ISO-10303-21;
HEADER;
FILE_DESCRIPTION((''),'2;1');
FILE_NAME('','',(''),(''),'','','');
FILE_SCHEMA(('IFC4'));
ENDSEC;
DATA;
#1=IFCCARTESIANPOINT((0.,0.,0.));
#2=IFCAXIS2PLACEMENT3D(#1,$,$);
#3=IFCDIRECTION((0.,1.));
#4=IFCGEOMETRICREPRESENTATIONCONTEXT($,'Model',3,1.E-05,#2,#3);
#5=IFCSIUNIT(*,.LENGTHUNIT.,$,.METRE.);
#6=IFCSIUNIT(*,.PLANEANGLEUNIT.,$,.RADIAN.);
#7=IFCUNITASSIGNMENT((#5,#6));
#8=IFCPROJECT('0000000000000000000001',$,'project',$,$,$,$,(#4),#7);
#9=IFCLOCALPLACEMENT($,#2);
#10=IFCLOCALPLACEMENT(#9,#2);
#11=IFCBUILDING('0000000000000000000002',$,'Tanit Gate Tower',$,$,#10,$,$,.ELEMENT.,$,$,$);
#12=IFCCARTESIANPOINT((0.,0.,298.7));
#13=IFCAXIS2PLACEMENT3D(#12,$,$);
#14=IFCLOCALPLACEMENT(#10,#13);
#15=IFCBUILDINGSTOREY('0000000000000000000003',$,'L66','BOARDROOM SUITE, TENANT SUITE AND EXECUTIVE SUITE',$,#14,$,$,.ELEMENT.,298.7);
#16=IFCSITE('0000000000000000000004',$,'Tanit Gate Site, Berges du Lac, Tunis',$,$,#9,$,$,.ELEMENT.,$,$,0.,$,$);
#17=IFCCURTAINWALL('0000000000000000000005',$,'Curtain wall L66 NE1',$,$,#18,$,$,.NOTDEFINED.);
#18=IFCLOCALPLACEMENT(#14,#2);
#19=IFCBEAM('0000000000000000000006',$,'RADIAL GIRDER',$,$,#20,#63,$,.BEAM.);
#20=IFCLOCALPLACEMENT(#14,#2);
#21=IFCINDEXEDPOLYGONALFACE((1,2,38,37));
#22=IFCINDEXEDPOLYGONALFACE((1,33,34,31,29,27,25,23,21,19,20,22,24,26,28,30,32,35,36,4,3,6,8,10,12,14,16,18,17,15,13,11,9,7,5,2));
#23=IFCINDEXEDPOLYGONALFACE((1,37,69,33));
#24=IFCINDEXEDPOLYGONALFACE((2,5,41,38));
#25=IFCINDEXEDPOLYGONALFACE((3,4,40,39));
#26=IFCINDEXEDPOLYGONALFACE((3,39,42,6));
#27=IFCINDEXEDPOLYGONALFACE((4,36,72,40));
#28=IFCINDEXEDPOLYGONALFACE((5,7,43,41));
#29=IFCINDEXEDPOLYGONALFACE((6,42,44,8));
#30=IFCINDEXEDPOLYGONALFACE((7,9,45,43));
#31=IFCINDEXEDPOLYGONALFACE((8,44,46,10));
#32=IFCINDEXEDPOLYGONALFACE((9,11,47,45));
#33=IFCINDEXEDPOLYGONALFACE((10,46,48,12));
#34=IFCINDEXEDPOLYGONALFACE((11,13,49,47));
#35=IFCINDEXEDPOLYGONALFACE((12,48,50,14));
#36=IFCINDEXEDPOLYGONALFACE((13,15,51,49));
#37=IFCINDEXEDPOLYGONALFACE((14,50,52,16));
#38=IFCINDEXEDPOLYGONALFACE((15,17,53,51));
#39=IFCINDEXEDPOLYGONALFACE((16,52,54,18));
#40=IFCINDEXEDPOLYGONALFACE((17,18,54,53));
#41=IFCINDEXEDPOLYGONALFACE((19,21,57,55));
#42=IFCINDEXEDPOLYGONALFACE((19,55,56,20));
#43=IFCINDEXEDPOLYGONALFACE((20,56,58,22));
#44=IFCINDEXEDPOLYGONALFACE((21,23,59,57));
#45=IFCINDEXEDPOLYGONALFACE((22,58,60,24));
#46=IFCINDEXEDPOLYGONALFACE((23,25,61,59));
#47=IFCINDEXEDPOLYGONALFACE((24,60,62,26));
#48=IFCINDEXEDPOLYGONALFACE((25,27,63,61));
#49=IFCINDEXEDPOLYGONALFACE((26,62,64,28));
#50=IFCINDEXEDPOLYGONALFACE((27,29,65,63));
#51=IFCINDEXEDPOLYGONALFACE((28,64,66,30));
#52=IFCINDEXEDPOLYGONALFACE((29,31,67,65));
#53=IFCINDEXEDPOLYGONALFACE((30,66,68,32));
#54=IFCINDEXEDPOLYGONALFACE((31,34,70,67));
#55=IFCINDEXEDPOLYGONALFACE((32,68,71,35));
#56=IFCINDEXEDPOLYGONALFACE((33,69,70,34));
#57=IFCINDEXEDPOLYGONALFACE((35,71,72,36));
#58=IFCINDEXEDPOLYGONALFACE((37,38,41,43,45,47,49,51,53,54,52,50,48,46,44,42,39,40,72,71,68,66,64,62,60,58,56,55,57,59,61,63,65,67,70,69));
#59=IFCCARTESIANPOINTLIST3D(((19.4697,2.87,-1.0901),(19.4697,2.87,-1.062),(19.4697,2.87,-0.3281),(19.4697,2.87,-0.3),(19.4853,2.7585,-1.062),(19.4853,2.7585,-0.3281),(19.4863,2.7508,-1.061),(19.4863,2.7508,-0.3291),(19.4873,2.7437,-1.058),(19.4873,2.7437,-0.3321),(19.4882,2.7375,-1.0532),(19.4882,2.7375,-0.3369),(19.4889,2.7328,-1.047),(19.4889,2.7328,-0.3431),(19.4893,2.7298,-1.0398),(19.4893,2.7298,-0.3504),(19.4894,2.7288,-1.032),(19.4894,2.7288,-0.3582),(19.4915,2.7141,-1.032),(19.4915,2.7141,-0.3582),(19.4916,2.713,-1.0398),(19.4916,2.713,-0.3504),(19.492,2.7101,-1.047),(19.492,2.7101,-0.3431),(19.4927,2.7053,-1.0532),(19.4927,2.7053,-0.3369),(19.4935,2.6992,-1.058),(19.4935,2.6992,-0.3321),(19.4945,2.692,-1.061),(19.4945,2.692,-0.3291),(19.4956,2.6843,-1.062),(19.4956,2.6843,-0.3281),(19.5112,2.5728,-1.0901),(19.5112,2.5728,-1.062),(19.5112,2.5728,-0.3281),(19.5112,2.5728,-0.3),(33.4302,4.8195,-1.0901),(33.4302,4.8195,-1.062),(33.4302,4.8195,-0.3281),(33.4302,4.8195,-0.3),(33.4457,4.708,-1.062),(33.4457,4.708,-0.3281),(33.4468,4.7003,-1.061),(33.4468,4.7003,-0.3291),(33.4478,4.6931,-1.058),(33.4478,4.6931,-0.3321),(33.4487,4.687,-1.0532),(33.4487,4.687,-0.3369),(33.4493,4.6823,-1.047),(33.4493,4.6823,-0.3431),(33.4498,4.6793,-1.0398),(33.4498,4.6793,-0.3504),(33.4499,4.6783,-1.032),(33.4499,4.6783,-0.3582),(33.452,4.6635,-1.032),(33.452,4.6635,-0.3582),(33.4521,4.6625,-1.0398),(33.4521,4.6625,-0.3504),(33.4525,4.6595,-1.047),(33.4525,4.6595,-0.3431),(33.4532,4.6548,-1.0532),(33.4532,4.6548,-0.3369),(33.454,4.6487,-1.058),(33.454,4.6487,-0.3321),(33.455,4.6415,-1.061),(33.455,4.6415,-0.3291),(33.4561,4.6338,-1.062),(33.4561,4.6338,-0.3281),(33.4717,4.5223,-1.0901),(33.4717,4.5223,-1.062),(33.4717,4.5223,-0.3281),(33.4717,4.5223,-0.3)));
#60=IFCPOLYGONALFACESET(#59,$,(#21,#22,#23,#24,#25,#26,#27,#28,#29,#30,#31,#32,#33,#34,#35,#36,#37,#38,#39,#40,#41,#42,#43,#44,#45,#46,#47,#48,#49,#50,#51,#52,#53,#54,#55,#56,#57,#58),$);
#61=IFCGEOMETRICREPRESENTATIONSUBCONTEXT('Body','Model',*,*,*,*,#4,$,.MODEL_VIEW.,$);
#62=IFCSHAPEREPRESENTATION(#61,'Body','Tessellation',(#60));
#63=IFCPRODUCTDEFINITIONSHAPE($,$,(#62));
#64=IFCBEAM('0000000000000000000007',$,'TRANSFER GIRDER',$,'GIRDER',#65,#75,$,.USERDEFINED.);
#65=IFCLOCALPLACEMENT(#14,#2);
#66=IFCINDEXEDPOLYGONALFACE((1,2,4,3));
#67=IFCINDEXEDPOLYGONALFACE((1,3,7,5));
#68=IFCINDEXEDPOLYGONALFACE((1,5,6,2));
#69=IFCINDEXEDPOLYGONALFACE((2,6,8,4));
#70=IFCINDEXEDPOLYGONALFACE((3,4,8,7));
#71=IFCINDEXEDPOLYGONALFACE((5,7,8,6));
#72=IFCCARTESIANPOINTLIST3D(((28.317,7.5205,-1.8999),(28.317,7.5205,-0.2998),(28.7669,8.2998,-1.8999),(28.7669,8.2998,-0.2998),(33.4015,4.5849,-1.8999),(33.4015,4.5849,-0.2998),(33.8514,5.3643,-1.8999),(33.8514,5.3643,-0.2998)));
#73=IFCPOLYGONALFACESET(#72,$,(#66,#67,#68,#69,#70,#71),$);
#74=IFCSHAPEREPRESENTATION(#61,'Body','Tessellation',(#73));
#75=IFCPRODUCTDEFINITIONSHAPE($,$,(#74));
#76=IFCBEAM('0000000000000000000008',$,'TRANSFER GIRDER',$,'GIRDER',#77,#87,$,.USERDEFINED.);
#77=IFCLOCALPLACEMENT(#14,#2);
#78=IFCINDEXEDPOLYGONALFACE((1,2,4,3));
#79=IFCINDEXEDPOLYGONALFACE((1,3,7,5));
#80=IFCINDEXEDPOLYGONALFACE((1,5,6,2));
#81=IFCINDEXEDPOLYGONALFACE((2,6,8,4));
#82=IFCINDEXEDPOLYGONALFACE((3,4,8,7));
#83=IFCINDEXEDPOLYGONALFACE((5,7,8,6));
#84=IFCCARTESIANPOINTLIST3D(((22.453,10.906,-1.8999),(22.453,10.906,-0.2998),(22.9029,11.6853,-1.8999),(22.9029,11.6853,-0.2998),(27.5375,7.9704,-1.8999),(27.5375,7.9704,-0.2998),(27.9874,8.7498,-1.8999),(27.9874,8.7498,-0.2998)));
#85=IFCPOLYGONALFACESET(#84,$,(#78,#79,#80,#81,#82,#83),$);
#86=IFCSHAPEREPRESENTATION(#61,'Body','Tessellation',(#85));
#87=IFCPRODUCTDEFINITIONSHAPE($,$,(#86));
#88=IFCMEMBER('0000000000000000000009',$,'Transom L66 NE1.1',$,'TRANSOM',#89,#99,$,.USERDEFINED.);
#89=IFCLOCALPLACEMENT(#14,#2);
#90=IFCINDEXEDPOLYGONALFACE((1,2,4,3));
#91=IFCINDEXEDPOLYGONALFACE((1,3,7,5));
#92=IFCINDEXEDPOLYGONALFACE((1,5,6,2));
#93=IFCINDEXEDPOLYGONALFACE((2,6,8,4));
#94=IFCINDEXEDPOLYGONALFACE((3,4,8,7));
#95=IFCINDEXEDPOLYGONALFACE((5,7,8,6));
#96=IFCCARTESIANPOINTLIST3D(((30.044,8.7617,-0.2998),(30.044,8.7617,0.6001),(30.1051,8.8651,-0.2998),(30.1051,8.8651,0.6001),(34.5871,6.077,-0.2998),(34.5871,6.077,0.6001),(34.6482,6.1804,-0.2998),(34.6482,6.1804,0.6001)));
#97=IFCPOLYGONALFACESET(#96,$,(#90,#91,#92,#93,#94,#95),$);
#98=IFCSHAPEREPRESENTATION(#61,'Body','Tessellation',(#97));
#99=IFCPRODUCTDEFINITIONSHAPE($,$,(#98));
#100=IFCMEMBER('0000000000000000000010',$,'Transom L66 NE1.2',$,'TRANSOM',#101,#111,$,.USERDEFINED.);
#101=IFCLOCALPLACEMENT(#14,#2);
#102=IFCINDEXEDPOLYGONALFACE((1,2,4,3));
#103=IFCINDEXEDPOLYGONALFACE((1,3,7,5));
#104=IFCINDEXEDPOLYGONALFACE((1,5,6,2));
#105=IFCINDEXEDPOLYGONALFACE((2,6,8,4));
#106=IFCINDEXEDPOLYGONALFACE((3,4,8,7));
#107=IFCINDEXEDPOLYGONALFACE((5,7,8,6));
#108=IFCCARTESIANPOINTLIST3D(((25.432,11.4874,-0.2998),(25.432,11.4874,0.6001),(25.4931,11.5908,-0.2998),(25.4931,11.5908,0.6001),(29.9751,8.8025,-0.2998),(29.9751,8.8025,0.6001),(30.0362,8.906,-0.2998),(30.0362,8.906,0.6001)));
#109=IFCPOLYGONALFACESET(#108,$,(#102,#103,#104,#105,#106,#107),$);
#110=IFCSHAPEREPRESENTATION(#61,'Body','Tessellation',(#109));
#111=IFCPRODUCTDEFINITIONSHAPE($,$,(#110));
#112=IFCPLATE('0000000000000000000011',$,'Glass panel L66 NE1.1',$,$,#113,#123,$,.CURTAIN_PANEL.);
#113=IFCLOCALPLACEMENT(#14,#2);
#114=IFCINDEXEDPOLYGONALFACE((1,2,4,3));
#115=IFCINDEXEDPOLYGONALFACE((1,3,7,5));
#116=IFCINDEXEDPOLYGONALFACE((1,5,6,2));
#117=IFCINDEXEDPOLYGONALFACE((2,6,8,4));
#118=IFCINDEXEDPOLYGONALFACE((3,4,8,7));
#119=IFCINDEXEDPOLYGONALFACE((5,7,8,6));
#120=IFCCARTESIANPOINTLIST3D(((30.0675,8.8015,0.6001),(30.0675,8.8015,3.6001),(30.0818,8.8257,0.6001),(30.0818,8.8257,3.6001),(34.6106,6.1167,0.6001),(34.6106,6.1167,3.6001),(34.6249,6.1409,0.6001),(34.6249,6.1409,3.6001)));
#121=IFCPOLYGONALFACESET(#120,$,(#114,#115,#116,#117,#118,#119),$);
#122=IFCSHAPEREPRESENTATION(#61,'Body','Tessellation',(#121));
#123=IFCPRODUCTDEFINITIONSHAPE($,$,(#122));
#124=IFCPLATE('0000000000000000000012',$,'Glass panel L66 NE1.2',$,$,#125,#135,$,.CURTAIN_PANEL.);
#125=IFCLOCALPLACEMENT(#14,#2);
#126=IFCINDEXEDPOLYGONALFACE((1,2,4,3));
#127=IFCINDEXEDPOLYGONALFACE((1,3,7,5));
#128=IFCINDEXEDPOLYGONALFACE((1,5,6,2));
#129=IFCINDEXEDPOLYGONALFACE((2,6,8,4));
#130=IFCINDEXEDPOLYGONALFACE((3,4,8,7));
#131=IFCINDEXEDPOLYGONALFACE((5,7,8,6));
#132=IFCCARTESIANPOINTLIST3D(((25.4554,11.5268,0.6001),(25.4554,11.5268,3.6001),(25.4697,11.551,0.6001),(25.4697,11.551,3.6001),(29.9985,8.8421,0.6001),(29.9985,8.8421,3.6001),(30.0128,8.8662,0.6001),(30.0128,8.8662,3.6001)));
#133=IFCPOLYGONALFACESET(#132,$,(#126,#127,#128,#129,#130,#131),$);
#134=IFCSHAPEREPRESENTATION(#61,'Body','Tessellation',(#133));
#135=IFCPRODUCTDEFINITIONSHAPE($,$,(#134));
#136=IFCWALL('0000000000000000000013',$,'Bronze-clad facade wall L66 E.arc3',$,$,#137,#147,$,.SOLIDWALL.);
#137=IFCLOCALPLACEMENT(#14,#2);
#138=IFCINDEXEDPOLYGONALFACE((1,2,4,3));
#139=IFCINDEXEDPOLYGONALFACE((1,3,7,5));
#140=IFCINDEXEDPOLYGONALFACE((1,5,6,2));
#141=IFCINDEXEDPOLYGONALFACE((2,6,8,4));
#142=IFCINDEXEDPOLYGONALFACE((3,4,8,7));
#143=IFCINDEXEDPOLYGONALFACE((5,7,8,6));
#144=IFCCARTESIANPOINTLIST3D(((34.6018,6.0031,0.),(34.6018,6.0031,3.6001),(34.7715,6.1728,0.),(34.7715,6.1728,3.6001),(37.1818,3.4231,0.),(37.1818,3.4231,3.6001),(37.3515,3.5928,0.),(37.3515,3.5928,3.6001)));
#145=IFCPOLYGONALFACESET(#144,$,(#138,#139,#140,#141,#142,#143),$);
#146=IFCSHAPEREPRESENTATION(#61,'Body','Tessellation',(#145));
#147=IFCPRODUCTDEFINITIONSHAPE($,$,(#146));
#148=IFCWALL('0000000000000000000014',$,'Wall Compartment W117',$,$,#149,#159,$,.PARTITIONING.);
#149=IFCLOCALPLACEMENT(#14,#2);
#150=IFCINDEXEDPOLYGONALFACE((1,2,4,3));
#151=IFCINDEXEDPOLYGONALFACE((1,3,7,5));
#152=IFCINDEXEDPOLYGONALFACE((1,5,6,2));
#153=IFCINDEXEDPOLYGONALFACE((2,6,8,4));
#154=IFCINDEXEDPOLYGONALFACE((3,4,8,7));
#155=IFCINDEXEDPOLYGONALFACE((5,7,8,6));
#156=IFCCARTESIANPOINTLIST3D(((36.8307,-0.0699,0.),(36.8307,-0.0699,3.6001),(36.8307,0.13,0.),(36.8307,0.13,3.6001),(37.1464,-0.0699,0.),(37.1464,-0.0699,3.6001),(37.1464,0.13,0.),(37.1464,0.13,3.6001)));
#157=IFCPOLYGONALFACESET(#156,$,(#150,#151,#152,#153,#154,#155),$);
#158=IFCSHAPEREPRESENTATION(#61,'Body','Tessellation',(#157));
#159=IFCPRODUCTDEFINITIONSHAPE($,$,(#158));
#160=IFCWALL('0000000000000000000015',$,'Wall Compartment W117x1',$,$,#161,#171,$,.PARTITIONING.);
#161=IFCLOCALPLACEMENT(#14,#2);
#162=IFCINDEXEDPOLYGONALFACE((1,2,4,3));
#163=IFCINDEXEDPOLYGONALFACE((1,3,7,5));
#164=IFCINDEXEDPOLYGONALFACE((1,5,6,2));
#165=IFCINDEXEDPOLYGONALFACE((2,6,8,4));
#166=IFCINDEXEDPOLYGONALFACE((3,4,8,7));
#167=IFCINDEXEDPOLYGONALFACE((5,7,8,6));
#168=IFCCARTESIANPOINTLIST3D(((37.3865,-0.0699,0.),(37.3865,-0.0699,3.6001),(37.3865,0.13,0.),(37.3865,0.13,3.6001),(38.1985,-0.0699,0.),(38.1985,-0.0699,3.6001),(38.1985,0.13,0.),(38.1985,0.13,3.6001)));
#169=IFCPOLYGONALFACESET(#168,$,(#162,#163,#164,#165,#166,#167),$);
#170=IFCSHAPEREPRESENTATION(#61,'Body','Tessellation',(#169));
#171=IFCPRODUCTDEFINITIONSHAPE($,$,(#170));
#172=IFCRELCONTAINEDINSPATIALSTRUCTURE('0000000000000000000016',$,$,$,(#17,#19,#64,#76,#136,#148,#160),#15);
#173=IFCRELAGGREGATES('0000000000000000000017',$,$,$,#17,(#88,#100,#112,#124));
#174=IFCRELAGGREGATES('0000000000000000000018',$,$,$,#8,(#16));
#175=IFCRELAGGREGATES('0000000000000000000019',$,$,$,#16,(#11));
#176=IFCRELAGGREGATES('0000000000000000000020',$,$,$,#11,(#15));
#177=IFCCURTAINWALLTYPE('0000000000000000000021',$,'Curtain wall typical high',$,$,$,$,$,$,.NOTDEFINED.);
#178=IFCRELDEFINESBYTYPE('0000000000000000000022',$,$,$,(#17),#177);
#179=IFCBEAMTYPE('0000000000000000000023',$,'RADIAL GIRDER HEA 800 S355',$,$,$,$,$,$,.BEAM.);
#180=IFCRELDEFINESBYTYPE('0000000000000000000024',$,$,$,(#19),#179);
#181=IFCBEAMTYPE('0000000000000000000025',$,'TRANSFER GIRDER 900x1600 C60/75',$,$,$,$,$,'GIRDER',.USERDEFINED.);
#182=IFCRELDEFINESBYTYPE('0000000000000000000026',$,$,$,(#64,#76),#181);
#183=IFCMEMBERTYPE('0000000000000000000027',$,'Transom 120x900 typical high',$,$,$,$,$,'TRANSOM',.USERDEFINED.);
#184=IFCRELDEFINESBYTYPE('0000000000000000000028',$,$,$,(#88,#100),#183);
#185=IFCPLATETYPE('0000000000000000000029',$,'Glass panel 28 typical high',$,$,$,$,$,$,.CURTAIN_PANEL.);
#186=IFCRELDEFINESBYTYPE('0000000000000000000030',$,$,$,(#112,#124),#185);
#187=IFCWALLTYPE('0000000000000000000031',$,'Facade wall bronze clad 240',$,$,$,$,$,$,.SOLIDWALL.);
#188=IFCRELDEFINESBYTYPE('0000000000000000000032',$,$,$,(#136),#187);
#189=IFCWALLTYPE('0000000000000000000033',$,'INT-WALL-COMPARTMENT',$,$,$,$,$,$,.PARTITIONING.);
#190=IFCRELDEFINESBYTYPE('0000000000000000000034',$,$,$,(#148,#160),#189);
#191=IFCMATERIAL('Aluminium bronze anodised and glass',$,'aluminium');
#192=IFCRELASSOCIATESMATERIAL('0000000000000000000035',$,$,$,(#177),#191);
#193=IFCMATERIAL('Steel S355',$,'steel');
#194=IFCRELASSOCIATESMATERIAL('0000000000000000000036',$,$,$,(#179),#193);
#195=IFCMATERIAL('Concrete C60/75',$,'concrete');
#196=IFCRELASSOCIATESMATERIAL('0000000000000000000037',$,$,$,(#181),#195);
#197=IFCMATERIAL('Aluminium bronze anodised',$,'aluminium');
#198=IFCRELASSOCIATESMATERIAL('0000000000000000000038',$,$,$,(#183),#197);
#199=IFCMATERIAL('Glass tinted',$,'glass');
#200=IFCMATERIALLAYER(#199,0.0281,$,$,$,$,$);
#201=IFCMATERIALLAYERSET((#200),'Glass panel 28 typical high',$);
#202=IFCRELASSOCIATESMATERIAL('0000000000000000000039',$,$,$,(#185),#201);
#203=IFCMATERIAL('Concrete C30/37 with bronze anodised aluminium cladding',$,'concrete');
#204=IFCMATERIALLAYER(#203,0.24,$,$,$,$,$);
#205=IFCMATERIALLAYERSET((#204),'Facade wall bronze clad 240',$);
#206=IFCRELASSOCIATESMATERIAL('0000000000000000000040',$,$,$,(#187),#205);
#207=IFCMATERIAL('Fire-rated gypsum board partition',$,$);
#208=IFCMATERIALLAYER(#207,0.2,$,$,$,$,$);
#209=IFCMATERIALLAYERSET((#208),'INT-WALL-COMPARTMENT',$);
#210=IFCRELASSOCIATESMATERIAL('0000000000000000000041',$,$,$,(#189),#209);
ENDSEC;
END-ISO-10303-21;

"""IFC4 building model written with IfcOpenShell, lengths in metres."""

from ifc_helpers import new_model, si_unit, direction, frame, frame_2d, origin, origin_2d, place, context, subcontext, project, spatial, rectangle, i_section, extrude, material, layer, layer_set, material_profile, profile_set, type_object, element, aggregate, save


model = new_model("IFC4")

# Units and contexts
model_context = context("Model", 3, precision=1e-05, world=origin(), true_north=direction((0.0, 1.0)))
body_context = subcontext(model_context, "Body", "Model", "MODEL_VIEW")
ifc_project = project(units=[si_unit("LENGTHUNIT", "METRE"), si_unit("PLANEANGLEUNIT", "RADIAN")], contexts=[model_context])

# Site, building, storey
site_placement = place(None, origin())
site = spatial("IfcSite", under=ifc_project, at=site_placement, Name="Tanit Gate Site, Berges du Lac, Tunis", CompositionType="ELEMENT", RefElevation=0.0)
building_placement = place(site_placement, origin())
building = spatial("IfcBuilding", under=site, at=building_placement, Name="Tanit Gate Tower", CompositionType="ELEMENT")
storey_placement = place(building_placement, frame((0.0, 0.0, 298.7)))
storey = spatial("IfcBuildingStorey", under=building, at=storey_placement, Name="L66", Description="BOARDROOM SUITE, TENANT SUITE AND EXECUTIVE SUITE", CompositionType="ELEMENT", Elevation=298.7)

# Curtain wall
ifc_material_1 = material(Name="Aluminium bronze anodised and glass", Category="aluminium")
curtain_wall_type = type_object("IfcCurtainWallType", Name="Curtain wall typical high", PredefinedType="NOTDEFINED", material=ifc_material_1)
curtain_wall_placement = place(storey_placement, origin())
curtain_wall = element("IfcCurtainWall", 1, at=curtain_wall_placement, inside=storey, type_object=curtain_wall_type, Name="Curtain wall L66 NE1", PredefinedType="NOTDEFINED")

# Beams
ifc_material_2 = material(Name="Steel S355", Category="steel")
ifc_material_profile_1 = material_profile(ifc_material_2, i_section(OverallWidth=0.3, OverallDepth=0.79, WebThickness=0.0149, FlangeThickness=0.0281, FilletRadius=0.03, at=origin_2d()), Name="HEA 800")
ifc_profile_set_1 = profile_set([ifc_material_profile_1], Name="Steel S355")
beam_type_1 = type_object("IfcBeamType", Name="RADIAL GIRDER HEA 800 S355", PredefinedType="BEAM", material=ifc_profile_set_1)
beam_1_placement = place(storey_placement, frame((33.4509, 4.6709, -0.6951), z_axis=(-0.99039, -0.1383, 0.0), x_axis=(0.1383, -0.99039, 0.0)))
element("IfcBeam", 2, at=beam_1_placement, inside=storey, type_object=beam_type_1, Name="RADIAL GIRDER", PredefinedType="BEAM", context=body_context, shape_type="SweptSolid", body=[
    extrude(i_section(OverallWidth=0.3, OverallDepth=0.79, WebThickness=0.0149, FlangeThickness=0.0281, FilletRadius=0.03, at=origin_2d()), origin(), (0.0, 0.0, 1.0), 14.0959),
])
ifc_material_3 = material(Name="Concrete C60/75", Category="concrete")
ifc_material_profile_2 = material_profile(ifc_material_3, rectangle(XDim=0.8999, YDim=1.6001, at=origin_2d()), Name="RC 900x1600")
ifc_profile_set_2 = profile_set([ifc_material_profile_2], Name="Concrete C60/75")
beam_type_2 = type_object("IfcBeamType", Name="TRANSFER GIRDER 900x1600 C60/75", ElementType="GIRDER", PredefinedType="USERDEFINED", material=ifc_profile_set_2)
for number, where, z_axis, x_axis, name in (
    (3, (33.6265, 4.9746, -1.0999), (-0.866024, 0.500003, 0.0), (-0.500003, -0.866024, 0.0), "TRANSFER GIRDER"),
    (4, (27.7625, 8.3601, -1.0999), (-0.866024, 0.500003, 0.0), (-0.500003, -0.866024, 0.0), "TRANSFER GIRDER"),
):
    element("IfcBeam", number, at=place(storey_placement, frame(where, z_axis=z_axis, x_axis=x_axis)), inside=storey, type_object=beam_type_2, Name=name, ObjectType="GIRDER", PredefinedType="USERDEFINED", context=body_context, shape_type="SweptSolid", body=[
        extrude(rectangle(XDim=0.8999, YDim=1.6001, at=origin_2d()), origin(), (0.0, 0.0, 1.0), 5.8711),
    ])

# Members
ifc_material_4 = material(Name="Aluminium bronze anodised", Category="aluminium")
ifc_material_profile_3 = material_profile(ifc_material_4, rectangle(XDim=0.1201, YDim=0.8999, at=origin_2d()), Name="120x900 bronze transom")
ifc_profile_set_3 = profile_set([ifc_material_profile_3], Name="Aluminium bronze anodised")
member_type_1 = type_object("IfcMemberType", Name="Transom 120x900 typical high", ElementType="TRANSOM", PredefinedType="USERDEFINED", material=ifc_profile_set_3)
member_1_placement = place(storey_placement, frame((34.6177, 6.1287, 0.1501), z_axis=(-0.860911, 0.508756, 0.0), x_axis=(-0.508756, -0.860911, 0.0)))
member_1 = element("IfcMember", 5, at=member_1_placement, type_object=member_type_1, Name="Transom L66 NE1.1", ObjectType="TRANSOM", PredefinedType="USERDEFINED", context=body_context, shape_type="SweptSolid", body=[
    extrude(rectangle(XDim=0.1201, YDim=0.8999, at=origin_2d()), origin(), (0.0, 0.0, 1.0), 5.2771),
])
member_2_placement = place(storey_placement, frame((30.0056, 8.8542, 0.1501), z_axis=(-0.860899, 0.508776, 0.0), x_axis=(-0.508776, -0.860899, 0.0)))
member_2 = element("IfcMember", 6, at=member_2_placement, type_object=member_type_1, Name="Transom L66 NE1.2", ObjectType="TRANSOM", PredefinedType="USERDEFINED", context=body_context, shape_type="SweptSolid", body=[
    extrude(rectangle(XDim=0.1201, YDim=0.8999, at=origin_2d()), origin(), (0.0, 0.0, 1.0), 5.2771),
])

# Plates
ifc_material_5 = material(Name="Glass tinted", Category="glass")
ifc_layer_1 = layer(ifc_material_5, 0.0281)
ifc_layer_set_1 = layer_set([ifc_layer_1], Name="Glass panel 28 typical high")
plate_type = type_object("IfcPlateType", Name="Glass panel 28 typical high", PredefinedType="CURTAIN_PANEL", material=ifc_layer_set_1)
plate_1_placement = place(storey_placement, frame((32.3462, 7.4712, 0.6001), z_axis=(0.0, 0.0, 1.0), x_axis=(-0.860908, 0.508761, 0.0)))
plate_1 = element("IfcPlate", 7, at=plate_1_placement, type_object=plate_type, Name="Glass panel L66 NE1.1", PredefinedType="CURTAIN_PANEL", context=body_context, shape_type="SweptSolid", body=[
    extrude(rectangle(XDim=5.2771, YDim=0.0281, at=origin_2d()), origin(), (0.0, 0.0, 1.0), 3.0),
])
plate_2_placement = place(storey_placement, frame((27.7341, 10.1965, 0.6001), z_axis=(0.0, 0.0, 1.0), x_axis=(-0.860908, 0.508761, 0.0)))
plate_2 = element("IfcPlate", 8, at=plate_2_placement, type_object=plate_type, Name="Glass panel L66 NE1.2", PredefinedType="CURTAIN_PANEL", context=body_context, shape_type="SweptSolid", body=[
    extrude(rectangle(XDim=5.2771, YDim=0.0281, at=origin_2d()), origin(), (0.0, 0.0, 1.0), 3.0),
])
aggregate(curtain_wall, [member_1, member_2, plate_1, plate_2])

# Walls
ifc_material_6 = material(Name="Concrete C30/37 with bronze anodised aluminium cladding", Category="concrete")
ifc_layer_2 = layer(ifc_material_6, 0.24)
ifc_layer_set_2 = layer_set([ifc_layer_2], Name="Facade wall bronze clad 240")
wall_type_1 = type_object("IfcWallType", Name="Facade wall bronze clad 240", PredefinedType="SOLIDWALL", material=ifc_layer_set_2)
wall_1_placement = place(storey_placement, frame((37.2666, 3.5081, 0.0), z_axis=(0.0, 0.0, 1.0), x_axis=(-0.707107, 0.707107, 0.0)))
element("IfcWall", 9, at=wall_1_placement, inside=storey, type_object=wall_type_1, Name="Bronze-clad facade wall L66 E.arc3", PredefinedType="SOLIDWALL", context=body_context, shape_type="SweptSolid", body=[
    extrude(rectangle(XDim=3.6487, YDim=0.24, at=frame_2d((1.8242, 0.0))), origin(), (0.0, 0.0, 1.0), 3.6001),
])
ifc_material_7 = material(Name="Fire-rated gypsum board partition")
ifc_layer_3 = layer(ifc_material_7, 0.2)
ifc_layer_set_3 = layer_set([ifc_layer_3], Name="INT-WALL-COMPARTMENT")
wall_type_2 = type_object("IfcWallType", Name="INT-WALL-COMPARTMENT", PredefinedType="PARTITIONING", material=ifc_layer_set_3)
wall_2_placement = place(storey_placement, frame((36.8308, 0.03, 0.0), z_axis=(0.0, 0.0, 1.0), x_axis=(1.0, 0.0, 0.0)))
element("IfcWall", 10, at=wall_2_placement, inside=storey, type_object=wall_type_2, Name="Wall Compartment W117", PredefinedType="PARTITIONING", context=body_context, shape_type="SweptSolid", body=[
    extrude(rectangle(XDim=0.3157, YDim=0.2, at=frame_2d((0.1577, 0.0))), origin(), (0.0, 0.0, 1.0), 3.6001),
])
wall_3_placement = place(storey_placement, frame((37.3865, 0.03, 0.0), z_axis=(0.0, 0.0, 1.0), x_axis=(1.0, 0.0, 0.0)))
element("IfcWall", 11, at=wall_3_placement, inside=storey, type_object=wall_type_2, Name="Wall Compartment W117x1", PredefinedType="PARTITIONING", context=body_context, shape_type="SweptSolid", body=[
    extrude(rectangle(XDim=0.812, YDim=0.2, at=frame_2d((0.406, 0.0))), origin(), (0.0, 0.0, 1.0), 3.6001),
])

save(model, "model.ifc")
